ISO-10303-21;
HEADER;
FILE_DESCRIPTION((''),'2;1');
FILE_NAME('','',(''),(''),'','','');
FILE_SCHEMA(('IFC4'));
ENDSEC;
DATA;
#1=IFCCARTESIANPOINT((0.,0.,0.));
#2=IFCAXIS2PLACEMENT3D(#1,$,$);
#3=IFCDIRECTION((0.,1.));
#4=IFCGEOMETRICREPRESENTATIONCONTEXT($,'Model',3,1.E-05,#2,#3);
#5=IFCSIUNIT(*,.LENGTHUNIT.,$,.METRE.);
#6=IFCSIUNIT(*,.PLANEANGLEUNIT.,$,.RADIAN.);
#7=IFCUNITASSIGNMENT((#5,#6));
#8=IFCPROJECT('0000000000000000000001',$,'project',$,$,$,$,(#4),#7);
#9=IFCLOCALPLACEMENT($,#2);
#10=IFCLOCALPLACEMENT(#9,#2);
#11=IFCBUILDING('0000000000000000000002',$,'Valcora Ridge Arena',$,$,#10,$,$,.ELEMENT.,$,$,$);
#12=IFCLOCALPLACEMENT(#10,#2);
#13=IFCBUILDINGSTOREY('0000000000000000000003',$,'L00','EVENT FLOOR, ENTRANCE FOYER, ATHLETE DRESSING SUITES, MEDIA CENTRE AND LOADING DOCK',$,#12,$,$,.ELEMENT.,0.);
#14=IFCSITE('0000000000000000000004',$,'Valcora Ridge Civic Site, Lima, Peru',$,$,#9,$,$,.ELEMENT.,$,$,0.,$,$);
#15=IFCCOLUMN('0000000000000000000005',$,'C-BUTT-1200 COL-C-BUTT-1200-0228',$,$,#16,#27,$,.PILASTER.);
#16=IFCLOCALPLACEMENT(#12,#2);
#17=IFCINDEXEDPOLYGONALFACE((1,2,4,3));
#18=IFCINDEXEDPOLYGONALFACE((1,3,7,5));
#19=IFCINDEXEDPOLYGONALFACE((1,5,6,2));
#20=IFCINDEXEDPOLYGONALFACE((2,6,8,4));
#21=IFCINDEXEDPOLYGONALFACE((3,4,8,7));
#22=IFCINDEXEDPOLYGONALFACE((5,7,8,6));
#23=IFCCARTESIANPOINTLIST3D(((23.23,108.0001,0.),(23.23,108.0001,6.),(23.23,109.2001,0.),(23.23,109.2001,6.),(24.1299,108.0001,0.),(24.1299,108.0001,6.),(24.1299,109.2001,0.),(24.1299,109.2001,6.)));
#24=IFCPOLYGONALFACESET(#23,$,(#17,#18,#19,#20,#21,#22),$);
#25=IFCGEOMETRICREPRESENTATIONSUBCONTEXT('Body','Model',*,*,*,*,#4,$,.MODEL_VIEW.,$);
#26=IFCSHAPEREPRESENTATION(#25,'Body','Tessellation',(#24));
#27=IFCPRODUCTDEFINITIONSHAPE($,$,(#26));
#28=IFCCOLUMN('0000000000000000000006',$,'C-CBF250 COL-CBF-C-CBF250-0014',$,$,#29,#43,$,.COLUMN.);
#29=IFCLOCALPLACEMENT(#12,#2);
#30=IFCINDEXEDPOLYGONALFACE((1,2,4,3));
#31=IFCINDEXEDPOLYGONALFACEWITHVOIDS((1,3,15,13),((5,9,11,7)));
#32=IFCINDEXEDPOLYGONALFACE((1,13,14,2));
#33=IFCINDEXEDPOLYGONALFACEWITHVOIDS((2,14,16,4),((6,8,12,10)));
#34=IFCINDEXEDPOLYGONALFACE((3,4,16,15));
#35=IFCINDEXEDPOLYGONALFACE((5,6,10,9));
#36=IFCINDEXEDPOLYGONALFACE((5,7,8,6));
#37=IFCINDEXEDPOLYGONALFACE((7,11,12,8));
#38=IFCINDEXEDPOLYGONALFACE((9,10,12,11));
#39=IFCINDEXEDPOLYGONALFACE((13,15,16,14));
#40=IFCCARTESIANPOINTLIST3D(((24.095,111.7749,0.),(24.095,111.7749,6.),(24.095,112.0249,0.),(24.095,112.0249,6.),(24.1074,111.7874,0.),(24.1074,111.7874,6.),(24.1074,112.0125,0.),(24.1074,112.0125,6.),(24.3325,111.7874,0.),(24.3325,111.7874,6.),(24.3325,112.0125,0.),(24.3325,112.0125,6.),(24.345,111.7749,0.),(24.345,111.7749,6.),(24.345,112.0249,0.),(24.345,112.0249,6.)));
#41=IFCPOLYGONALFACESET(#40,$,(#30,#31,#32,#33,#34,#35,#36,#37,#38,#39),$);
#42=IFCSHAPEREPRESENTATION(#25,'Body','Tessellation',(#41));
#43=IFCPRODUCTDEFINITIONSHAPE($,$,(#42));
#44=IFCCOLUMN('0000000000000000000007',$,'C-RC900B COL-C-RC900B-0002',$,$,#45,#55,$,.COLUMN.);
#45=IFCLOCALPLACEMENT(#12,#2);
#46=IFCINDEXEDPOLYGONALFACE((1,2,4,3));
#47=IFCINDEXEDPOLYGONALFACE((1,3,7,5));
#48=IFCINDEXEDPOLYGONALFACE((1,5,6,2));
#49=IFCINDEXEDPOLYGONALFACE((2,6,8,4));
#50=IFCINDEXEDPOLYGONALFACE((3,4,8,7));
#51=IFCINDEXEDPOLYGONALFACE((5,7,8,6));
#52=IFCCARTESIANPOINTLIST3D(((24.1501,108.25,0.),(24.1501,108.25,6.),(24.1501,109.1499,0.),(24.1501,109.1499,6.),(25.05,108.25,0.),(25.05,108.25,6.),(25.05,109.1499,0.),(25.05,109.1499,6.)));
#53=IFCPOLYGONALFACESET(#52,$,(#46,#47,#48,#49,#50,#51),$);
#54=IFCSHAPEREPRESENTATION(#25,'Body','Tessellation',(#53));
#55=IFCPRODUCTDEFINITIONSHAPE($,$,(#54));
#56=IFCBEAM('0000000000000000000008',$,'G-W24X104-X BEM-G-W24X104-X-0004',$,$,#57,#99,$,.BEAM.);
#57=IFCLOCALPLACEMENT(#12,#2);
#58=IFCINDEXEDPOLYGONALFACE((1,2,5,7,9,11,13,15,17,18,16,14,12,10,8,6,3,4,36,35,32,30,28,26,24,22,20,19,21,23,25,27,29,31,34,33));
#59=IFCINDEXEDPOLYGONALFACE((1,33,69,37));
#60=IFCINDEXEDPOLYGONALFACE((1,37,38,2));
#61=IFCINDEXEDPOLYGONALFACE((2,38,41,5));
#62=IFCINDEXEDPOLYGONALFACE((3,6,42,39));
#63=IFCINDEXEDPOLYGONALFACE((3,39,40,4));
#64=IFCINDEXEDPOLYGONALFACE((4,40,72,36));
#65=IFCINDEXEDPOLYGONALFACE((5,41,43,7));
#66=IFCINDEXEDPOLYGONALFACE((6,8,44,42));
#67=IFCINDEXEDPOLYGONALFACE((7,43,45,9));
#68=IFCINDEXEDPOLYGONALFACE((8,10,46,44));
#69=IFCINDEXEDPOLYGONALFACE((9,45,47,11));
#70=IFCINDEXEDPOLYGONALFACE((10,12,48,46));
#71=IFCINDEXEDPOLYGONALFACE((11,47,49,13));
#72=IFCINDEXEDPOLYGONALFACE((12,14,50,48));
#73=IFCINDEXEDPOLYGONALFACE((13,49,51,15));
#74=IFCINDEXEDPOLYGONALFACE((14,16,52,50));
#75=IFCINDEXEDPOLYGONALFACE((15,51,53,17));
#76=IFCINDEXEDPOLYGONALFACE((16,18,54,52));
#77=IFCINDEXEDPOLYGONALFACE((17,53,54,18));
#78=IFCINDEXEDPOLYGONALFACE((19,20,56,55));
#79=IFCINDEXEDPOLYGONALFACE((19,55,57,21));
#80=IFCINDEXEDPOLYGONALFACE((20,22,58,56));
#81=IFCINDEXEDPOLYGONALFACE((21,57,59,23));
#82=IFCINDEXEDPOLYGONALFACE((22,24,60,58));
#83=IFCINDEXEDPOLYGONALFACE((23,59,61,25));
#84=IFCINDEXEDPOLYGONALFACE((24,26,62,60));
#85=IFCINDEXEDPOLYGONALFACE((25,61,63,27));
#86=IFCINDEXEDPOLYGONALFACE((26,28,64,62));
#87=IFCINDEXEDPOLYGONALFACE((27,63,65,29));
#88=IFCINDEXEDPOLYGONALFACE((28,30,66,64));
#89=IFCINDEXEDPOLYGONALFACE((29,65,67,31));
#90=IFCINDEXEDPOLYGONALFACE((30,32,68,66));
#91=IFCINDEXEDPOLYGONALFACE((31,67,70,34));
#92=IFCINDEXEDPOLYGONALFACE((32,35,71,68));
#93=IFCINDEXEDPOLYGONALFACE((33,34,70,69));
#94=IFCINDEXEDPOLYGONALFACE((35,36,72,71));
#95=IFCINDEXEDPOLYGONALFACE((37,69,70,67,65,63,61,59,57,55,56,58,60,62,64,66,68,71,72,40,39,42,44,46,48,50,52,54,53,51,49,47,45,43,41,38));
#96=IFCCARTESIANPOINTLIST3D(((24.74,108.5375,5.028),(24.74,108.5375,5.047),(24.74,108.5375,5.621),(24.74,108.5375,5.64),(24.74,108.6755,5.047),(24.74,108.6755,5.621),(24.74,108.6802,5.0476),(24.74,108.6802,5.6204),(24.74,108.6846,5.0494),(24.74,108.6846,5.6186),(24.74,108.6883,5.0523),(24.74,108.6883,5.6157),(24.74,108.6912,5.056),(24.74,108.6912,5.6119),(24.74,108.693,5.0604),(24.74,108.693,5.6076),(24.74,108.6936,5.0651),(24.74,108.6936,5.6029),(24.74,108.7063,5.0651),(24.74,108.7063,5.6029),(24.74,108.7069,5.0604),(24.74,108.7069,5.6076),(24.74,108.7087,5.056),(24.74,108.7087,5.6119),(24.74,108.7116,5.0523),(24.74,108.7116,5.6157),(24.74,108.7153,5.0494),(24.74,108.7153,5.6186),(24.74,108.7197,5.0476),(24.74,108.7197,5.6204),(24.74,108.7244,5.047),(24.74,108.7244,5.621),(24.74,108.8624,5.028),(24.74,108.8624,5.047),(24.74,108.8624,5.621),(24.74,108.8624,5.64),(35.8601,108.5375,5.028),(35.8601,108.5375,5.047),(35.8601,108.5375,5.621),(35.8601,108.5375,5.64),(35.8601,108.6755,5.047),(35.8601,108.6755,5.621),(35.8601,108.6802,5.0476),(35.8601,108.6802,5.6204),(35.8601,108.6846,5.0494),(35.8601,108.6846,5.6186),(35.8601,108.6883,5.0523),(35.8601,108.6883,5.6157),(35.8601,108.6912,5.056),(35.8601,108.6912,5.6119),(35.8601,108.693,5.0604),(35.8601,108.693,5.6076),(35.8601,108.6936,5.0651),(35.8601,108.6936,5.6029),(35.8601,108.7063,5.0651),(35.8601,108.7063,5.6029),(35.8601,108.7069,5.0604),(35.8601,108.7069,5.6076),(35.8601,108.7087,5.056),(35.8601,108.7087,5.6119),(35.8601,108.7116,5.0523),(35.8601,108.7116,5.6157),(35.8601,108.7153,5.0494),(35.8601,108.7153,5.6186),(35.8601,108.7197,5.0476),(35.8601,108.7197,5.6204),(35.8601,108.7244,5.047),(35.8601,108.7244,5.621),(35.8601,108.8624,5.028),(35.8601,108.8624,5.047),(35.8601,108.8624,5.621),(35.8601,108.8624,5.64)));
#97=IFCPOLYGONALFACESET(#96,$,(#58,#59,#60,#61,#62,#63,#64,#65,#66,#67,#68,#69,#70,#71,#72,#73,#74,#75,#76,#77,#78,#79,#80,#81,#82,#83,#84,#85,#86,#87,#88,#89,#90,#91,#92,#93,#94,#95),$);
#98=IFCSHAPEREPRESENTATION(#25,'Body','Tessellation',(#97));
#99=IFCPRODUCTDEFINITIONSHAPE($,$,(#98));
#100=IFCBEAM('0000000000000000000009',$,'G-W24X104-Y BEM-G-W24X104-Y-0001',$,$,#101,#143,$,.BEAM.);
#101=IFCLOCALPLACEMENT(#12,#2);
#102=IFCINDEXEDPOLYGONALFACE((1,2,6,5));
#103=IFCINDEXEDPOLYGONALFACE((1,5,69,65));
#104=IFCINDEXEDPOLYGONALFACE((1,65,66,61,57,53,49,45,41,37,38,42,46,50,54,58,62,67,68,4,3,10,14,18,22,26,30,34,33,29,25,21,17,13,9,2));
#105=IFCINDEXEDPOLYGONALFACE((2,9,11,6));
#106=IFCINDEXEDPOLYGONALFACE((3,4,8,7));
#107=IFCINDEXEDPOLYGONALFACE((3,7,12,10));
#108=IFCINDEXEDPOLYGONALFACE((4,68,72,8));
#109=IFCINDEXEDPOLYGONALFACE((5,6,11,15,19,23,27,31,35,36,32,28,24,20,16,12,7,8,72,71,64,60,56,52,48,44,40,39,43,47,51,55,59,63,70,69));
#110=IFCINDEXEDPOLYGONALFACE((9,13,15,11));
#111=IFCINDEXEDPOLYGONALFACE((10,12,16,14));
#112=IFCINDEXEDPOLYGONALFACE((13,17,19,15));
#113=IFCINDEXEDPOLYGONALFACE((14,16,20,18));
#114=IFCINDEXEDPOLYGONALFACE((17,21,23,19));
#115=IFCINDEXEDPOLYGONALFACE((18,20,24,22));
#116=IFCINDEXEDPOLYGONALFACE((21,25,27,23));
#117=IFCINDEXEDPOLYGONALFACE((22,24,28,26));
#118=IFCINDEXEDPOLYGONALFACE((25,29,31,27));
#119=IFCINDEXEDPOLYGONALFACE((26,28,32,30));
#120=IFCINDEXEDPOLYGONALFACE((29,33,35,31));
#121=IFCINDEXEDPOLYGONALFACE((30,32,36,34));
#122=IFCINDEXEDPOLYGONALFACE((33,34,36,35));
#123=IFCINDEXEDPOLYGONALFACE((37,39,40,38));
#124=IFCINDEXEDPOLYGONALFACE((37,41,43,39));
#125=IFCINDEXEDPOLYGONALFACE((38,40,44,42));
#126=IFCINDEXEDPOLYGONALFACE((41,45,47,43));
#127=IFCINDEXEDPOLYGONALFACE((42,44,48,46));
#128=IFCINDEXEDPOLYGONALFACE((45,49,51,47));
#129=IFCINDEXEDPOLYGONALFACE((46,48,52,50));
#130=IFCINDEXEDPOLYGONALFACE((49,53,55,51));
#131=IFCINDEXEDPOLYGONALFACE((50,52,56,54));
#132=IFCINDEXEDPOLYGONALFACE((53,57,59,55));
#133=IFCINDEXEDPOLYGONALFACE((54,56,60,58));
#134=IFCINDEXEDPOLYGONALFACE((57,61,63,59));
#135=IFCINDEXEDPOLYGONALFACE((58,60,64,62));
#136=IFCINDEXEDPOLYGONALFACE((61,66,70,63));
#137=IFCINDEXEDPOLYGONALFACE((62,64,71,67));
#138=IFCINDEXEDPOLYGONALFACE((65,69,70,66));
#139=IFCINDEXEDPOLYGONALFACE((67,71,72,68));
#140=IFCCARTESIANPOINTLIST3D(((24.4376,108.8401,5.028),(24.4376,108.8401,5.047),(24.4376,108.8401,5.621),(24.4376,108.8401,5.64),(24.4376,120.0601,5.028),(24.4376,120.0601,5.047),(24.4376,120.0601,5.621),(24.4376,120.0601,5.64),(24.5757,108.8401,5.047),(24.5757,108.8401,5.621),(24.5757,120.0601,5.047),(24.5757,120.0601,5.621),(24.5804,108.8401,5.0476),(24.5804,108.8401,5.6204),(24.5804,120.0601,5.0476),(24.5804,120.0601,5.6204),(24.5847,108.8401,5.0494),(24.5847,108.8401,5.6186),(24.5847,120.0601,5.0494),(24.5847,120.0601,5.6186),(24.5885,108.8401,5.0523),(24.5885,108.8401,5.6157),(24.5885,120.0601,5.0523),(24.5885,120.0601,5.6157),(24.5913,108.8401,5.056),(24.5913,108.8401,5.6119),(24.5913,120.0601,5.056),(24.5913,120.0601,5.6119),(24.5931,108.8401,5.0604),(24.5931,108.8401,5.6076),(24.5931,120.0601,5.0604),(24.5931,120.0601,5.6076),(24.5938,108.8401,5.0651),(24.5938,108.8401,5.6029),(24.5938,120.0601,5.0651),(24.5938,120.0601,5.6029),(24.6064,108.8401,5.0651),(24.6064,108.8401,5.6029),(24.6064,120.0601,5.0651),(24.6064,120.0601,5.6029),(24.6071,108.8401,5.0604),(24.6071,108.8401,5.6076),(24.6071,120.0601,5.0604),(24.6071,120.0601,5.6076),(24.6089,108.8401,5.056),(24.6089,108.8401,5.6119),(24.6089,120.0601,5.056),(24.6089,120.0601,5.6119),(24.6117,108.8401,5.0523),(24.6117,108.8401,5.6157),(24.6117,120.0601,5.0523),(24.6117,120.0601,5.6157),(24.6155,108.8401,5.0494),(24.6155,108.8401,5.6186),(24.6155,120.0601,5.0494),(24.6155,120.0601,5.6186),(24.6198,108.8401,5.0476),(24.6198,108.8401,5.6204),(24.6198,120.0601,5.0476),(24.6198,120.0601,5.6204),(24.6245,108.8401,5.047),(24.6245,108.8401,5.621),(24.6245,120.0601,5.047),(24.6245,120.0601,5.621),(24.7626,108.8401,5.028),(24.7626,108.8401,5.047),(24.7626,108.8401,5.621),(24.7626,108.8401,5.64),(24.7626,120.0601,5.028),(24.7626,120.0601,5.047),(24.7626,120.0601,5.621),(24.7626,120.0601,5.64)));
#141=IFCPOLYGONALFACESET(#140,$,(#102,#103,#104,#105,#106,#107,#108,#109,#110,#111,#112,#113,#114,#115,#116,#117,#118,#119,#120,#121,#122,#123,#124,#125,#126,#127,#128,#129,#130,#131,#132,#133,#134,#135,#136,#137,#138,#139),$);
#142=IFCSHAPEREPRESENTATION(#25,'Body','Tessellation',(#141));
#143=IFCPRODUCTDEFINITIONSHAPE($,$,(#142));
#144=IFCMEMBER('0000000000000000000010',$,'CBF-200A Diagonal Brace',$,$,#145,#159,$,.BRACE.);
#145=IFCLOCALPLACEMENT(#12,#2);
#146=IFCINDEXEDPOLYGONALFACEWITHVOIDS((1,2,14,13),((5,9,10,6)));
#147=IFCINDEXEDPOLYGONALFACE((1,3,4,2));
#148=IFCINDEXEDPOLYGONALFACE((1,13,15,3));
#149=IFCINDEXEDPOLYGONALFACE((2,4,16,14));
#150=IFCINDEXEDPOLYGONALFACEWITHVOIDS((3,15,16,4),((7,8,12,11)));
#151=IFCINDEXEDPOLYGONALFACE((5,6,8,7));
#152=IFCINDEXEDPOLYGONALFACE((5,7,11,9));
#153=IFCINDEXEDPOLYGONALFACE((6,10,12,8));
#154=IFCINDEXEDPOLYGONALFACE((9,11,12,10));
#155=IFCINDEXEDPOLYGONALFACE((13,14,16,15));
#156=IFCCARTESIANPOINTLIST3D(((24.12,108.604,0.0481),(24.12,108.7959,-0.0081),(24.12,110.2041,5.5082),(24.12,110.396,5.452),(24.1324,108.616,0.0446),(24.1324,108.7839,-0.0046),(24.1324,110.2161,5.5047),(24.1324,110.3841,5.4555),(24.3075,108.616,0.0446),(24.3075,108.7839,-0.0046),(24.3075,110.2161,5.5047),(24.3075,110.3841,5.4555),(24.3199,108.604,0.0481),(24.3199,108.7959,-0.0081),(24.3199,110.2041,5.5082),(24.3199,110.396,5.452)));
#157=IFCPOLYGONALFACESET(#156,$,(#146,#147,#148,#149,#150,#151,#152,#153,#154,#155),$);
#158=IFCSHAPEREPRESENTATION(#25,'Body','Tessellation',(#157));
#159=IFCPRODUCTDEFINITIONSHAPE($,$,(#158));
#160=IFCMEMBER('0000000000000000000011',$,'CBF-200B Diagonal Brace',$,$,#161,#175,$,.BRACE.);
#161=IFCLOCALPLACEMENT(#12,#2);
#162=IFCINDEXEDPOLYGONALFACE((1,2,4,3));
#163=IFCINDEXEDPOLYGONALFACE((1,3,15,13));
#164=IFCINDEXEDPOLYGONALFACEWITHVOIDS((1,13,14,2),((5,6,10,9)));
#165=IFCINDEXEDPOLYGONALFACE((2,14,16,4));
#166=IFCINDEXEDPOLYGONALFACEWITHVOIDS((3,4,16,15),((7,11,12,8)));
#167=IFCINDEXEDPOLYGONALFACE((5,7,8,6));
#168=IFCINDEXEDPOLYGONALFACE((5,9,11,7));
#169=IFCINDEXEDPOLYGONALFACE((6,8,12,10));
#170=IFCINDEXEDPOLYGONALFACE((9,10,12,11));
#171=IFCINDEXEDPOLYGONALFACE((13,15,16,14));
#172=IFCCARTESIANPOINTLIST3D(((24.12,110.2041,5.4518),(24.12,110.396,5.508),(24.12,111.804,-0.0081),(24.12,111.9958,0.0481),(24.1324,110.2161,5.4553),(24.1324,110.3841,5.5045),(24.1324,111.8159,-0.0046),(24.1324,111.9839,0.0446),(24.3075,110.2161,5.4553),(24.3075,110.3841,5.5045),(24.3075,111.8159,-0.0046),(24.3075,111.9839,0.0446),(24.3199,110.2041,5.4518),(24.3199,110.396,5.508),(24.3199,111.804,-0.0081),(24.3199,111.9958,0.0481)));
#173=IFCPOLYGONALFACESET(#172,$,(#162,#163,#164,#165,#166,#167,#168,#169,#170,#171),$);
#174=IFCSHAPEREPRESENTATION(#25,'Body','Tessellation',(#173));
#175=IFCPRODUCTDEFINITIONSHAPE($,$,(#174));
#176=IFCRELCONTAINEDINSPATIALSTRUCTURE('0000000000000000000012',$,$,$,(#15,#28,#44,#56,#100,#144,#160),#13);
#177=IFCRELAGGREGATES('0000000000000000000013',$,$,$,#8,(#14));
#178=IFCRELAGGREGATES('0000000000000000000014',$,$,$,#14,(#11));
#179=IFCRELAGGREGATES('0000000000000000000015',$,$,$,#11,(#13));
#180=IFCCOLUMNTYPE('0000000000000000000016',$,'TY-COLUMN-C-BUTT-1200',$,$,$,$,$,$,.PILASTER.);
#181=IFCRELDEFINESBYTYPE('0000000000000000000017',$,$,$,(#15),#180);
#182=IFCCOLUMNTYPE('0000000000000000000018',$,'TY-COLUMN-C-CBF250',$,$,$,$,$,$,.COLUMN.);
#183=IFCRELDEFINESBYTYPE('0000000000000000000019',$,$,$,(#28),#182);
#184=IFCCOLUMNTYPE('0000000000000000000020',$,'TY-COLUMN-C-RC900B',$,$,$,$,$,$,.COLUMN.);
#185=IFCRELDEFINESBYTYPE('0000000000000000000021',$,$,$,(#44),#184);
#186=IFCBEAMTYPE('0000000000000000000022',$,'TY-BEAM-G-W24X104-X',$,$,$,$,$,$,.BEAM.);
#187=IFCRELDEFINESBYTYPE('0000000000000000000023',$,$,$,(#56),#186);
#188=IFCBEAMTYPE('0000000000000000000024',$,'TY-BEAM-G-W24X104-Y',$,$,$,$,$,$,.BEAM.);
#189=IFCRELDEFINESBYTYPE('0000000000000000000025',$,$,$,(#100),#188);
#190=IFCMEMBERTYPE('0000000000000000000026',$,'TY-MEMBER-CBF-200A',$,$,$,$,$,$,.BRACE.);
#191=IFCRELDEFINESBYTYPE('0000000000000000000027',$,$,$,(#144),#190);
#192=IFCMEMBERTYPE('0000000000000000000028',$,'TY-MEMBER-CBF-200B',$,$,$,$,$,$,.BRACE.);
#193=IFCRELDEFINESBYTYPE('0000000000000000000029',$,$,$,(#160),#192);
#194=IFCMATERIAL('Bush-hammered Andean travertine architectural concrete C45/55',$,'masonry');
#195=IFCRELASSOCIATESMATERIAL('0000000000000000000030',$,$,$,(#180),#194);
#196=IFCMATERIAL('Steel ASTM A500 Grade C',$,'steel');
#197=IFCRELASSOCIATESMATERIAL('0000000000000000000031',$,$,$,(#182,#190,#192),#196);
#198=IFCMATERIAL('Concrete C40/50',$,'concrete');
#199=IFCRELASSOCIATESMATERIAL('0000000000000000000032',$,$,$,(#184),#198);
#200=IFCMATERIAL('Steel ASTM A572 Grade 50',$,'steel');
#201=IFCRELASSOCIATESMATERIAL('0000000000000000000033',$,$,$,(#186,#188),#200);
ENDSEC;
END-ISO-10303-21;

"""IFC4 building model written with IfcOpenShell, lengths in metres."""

from ifc_helpers import new_model, si_unit, direction, frame, origin, origin_2d, place, context, subcontext, project, spatial, rectangle, hollow_rectangle, i_section, extrude, material, material_profile, profile_set, type_object, element, save


model = new_model("IFC4")

# Units and contexts
model_context = context("Model", 3, precision=1e-05, world=origin(), true_north=direction((0.0, 1.0)))
body_context = subcontext(model_context, "Body", "Model", "MODEL_VIEW")
ifc_project = project(units=[si_unit("LENGTHUNIT", "METRE"), si_unit("PLANEANGLEUNIT", "RADIAN")], contexts=[model_context])

# Site, building, storey
site_placement = place(None, origin())
site = spatial("IfcSite", under=ifc_project, at=site_placement, Name="Valcora Ridge Civic Site, Lima, Peru", CompositionType="ELEMENT", RefElevation=0.0)
building_placement = place(site_placement, origin())
building = spatial("IfcBuilding", under=site, at=building_placement, Name="Valcora Ridge Arena", CompositionType="ELEMENT")
storey_placement = place(building_placement, origin())
storey = spatial("IfcBuildingStorey", under=building, at=storey_placement, Name="L00", Description="EVENT FLOOR, ENTRANCE FOYER, ATHLETE DRESSING SUITES, MEDIA CENTRE AND LOADING DOCK", CompositionType="ELEMENT", Elevation=0.0)

# Columns
ifc_material_1 = material(Name="Bush-hammered Andean travertine architectural concrete C45/55", Category="masonry")
ifc_material_profile_1 = material_profile(ifc_material_1, rectangle(XDim=0.8999, YDim=1.2, at=origin_2d()), Name="RC 900x1200")
ifc_profile_set_1 = profile_set([ifc_material_profile_1], Name="Bush-hammered Andean travertine architectural concrete C45/55")
column_type_1 = type_object("IfcColumnType", Name="TY-COLUMN-C-BUTT-1200", PredefinedType="PILASTER", material=ifc_profile_set_1)
column_1_placement = place(storey_placement, frame((23.6799, 108.6001, 0.0), z_axis=(0.0, 0.0, 1.0), x_axis=(1.0, 0.0, 0.0)))
element("IfcColumn", 1, at=column_1_placement, inside=storey, type_object=column_type_1, Name="C-BUTT-1200 COL-C-BUTT-1200-0228", PredefinedType="PILASTER", context=body_context, shape_type="SweptSolid", body=[
    extrude(rectangle(XDim=0.8999, YDim=1.2, at=origin_2d()), origin(), (0.0, 0.0, 1.0), 6.0),
])
ifc_material_2 = material(Name="Steel ASTM A500 Grade C", Category="steel")
ifc_material_profile_2 = material_profile(ifc_material_2, hollow_rectangle(XDim=0.25, YDim=0.25, WallThickness=0.0125, at=origin_2d()), Name="HSS250X250X12")
ifc_profile_set_2 = profile_set([ifc_material_profile_2], Name="Steel ASTM A500 Grade C")
column_type_2 = type_object("IfcColumnType", Name="TY-COLUMN-C-CBF250", PredefinedType="COLUMN", material=ifc_profile_set_2)
column_2_placement = place(storey_placement, frame((24.22, 111.8999, 0.0), z_axis=(0.0, 0.0, 1.0), x_axis=(1.0, 0.0, 0.0)))
element("IfcColumn", 2, at=column_2_placement, inside=storey, type_object=column_type_2, Name="C-CBF250 COL-CBF-C-CBF250-0014", PredefinedType="COLUMN", context=body_context, shape_type="SweptSolid", body=[
    extrude(hollow_rectangle(XDim=0.25, YDim=0.25, WallThickness=0.0125, at=origin_2d()), origin(), (0.0, 0.0, 1.0), 6.0),
])
ifc_material_3 = material(Name="Concrete C40/50", Category="concrete")
ifc_material_profile_3 = material_profile(ifc_material_3, rectangle(XDim=0.8999, YDim=0.8999, at=origin_2d()), Name="RC 900x900")
ifc_profile_set_3 = profile_set([ifc_material_profile_3], Name="Concrete C40/50")
column_type_3 = type_object("IfcColumnType", Name="TY-COLUMN-C-RC900B", PredefinedType="COLUMN", material=ifc_profile_set_3)
column_3_placement = place(storey_placement, frame((24.6001, 108.7, 0.0), z_axis=(0.0, 0.0, 1.0), x_axis=(1.0, 0.0, 0.0)))
element("IfcColumn", 3, at=column_3_placement, inside=storey, type_object=column_type_3, Name="C-RC900B COL-C-RC900B-0002", PredefinedType="COLUMN", context=body_context, shape_type="SweptSolid", body=[
    extrude(rectangle(XDim=0.8999, YDim=0.8999, at=origin_2d()), origin(), (0.0, 0.0, 1.0), 6.0),
])

# Beams
ifc_material_4 = material(Name="Steel ASTM A572 Grade 50", Category="steel")
ifc_material_profile_4 = material_profile(ifc_material_4, i_section(OverallWidth=0.325, OverallDepth=0.6121, WebThickness=0.0127, FlangeThickness=0.019, FilletRadius=0.0181, at=origin_2d()), Name="W24X104")
ifc_profile_set_4 = profile_set([ifc_material_profile_4], Name="Steel ASTM A572 Grade 50")
beam_type_1 = type_object("IfcBeamType", Name="TY-BEAM-G-W24X104-X", PredefinedType="BEAM", material=ifc_profile_set_4)
beam_1_placement = place(storey_placement, frame((24.74, 108.7, 5.334), z_axis=(1.0, 0.0, 0.0), x_axis=(0.0, 1.0, 0.0)))
element("IfcBeam", 4, at=beam_1_placement, inside=storey, type_object=beam_type_1, Name="G-W24X104-X BEM-G-W24X104-X-0004", PredefinedType="BEAM", context=body_context, shape_type="SweptSolid", body=[
    extrude(i_section(OverallWidth=0.325, OverallDepth=0.6121, WebThickness=0.0127, FlangeThickness=0.019, FilletRadius=0.0181, at=origin_2d()), origin(), (0.0, 0.0, 1.0), 11.1201),
])
ifc_material_profile_5 = material_profile(ifc_material_4, i_section(OverallWidth=0.325, OverallDepth=0.6121, WebThickness=0.0127, FlangeThickness=0.019, FilletRadius=0.0181, at=origin_2d()), Name="W24X104")
ifc_profile_set_5 = profile_set([ifc_material_profile_5], Name="Steel ASTM A572 Grade 50")
beam_type_2 = type_object("IfcBeamType", Name="TY-BEAM-G-W24X104-Y", PredefinedType="BEAM", material=ifc_profile_set_5)
beam_2_placement = place(storey_placement, frame((24.6001, 108.8401, 5.334), z_axis=(0.0, 1.0, 0.0), x_axis=(-1.0, 0.0, 0.0)))
element("IfcBeam", 5, at=beam_2_placement, inside=storey, type_object=beam_type_2, Name="G-W24X104-Y BEM-G-W24X104-Y-0001", PredefinedType="BEAM", context=body_context, shape_type="SweptSolid", body=[
    extrude(i_section(OverallWidth=0.325, OverallDepth=0.6121, WebThickness=0.0127, FlangeThickness=0.019, FilletRadius=0.0181, at=origin_2d()), origin(), (0.0, 0.0, 1.0), 11.22),
])

# Members
ifc_material_profile_6 = material_profile(ifc_material_2, hollow_rectangle(XDim=0.2, YDim=0.2, WallThickness=0.0125, at=origin_2d()), Name="HSS200X200X12")
ifc_profile_set_6 = profile_set([ifc_material_profile_6], Name="Steel ASTM A500 Grade C")
member_type_1 = type_object("IfcMemberType", Name="TY-MEMBER-CBF-200A", PredefinedType="BRACE", material=ifc_profile_set_6)
member_1_placement = place(storey_placement, frame((24.22, 108.7, 0.02), z_axis=(0.0, 0.281232, 0.95964), x_axis=(-1.0, 0.0, 0.0)))
element("IfcMember", 6, at=member_1_placement, inside=storey, type_object=member_type_1, Name="CBF-200A Diagonal Brace", PredefinedType="BRACE", context=body_context, shape_type="SweptSolid", body=[
    extrude(hollow_rectangle(XDim=0.2, YDim=0.2, WallThickness=0.0125, at=origin_2d()), origin(), (0.0, 0.0, 1.0), 5.6897),
])
ifc_material_profile_7 = material_profile(ifc_material_2, hollow_rectangle(XDim=0.2, YDim=0.2, WallThickness=0.0125, at=origin_2d()), Name="HSS200X200X12")
ifc_profile_set_7 = profile_set([ifc_material_profile_7], Name="Steel ASTM A500 Grade C")
member_type_2 = type_object("IfcMemberType", Name="TY-MEMBER-CBF-200B", PredefinedType="BRACE", material=ifc_profile_set_7)
member_2_placement = place(storey_placement, frame((24.22, 111.8999, 0.02), z_axis=(0.0, -0.281193, 0.959651), x_axis=(1.0, 0.0, 0.0)))
element("IfcMember", 7, at=member_2_placement, inside=storey, type_object=member_type_2, Name="CBF-200B Diagonal Brace", PredefinedType="BRACE", context=body_context, shape_type="SweptSolid", body=[
    extrude(hollow_rectangle(XDim=0.2, YDim=0.2, WallThickness=0.0125, at=origin_2d()), origin(), (0.0, 0.0, 1.0), 5.6895),
])

save(model, "model.ifc")
